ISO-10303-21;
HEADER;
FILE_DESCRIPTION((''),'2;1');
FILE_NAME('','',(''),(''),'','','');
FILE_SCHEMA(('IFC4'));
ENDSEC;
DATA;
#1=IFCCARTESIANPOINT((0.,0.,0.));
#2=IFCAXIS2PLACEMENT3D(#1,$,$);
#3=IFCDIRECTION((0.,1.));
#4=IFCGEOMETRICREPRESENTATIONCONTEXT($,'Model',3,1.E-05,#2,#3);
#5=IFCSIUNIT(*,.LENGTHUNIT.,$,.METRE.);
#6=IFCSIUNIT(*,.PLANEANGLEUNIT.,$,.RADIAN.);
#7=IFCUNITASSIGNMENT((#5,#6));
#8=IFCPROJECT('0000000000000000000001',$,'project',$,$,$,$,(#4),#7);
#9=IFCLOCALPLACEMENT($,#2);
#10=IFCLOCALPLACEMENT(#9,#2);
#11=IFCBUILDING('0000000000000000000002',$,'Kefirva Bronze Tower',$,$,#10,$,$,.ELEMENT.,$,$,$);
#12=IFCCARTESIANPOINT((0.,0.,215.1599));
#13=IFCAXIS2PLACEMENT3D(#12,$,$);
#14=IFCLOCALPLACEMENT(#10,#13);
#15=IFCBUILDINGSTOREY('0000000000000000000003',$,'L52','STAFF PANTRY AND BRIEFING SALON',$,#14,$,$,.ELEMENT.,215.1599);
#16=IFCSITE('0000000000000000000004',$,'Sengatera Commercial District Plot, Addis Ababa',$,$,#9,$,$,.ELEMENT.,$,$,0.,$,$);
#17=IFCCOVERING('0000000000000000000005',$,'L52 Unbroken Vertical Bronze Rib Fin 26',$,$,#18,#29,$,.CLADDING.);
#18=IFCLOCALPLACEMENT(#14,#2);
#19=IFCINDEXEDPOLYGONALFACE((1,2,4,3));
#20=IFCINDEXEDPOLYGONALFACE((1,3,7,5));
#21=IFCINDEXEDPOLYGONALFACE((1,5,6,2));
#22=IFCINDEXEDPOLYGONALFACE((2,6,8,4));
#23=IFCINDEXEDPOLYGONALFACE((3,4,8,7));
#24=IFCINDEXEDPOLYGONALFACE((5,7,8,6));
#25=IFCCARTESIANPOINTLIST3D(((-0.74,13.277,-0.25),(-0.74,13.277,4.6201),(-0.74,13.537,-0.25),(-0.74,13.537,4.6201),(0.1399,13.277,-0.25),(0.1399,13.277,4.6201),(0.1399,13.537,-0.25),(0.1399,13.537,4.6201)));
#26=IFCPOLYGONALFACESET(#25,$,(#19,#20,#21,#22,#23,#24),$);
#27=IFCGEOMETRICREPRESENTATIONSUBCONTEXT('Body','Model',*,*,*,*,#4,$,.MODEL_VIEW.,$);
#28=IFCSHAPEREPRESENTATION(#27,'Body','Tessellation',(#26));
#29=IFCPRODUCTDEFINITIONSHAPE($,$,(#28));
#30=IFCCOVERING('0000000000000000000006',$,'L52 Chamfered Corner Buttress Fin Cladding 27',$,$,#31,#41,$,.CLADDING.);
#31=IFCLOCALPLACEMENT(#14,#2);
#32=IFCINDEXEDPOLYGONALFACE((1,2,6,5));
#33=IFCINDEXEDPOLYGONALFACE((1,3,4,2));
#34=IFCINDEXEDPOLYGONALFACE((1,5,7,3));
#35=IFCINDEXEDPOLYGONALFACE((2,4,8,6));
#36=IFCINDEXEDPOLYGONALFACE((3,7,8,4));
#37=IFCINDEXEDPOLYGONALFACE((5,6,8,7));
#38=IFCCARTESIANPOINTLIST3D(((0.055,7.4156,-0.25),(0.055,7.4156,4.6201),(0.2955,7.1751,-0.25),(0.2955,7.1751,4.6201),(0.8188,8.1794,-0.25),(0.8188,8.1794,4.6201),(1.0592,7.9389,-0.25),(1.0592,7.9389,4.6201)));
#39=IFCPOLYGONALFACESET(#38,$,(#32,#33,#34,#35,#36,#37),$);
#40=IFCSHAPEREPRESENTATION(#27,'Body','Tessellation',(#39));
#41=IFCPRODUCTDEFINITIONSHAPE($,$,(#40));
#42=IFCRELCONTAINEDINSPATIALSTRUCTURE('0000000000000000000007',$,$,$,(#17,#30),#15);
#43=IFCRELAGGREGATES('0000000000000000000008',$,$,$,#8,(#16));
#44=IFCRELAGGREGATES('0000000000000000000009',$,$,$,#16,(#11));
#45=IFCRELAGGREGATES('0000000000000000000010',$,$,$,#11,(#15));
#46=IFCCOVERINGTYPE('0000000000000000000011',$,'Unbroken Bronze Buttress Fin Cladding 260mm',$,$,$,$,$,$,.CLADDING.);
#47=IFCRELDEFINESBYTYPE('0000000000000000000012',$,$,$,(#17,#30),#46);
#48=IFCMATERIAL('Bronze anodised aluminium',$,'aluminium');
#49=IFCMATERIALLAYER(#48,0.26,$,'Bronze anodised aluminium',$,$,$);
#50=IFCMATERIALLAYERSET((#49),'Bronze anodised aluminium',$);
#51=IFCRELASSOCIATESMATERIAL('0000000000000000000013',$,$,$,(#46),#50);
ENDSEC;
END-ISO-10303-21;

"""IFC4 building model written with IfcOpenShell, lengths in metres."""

from ifc_helpers import new_model, si_unit, direction, frame, origin, origin_2d, place, context, subcontext, project, spatial, rectangle, extrude, material, layer, layer_set, type_object, element, save


model = new_model("IFC4")

# Units and contexts
model_context = context("Model", 3, precision=1e-05, world=origin(), true_north=direction((0.0, 1.0)))
body_context = subcontext(model_context, "Body", "Model", "MODEL_VIEW")
ifc_project = project(units=[si_unit("LENGTHUNIT", "METRE"), si_unit("PLANEANGLEUNIT", "RADIAN")], contexts=[model_context])

# Site, building, storey
site_placement = place(None, origin())
site = spatial("IfcSite", under=ifc_project, at=site_placement, Name="Sengatera Commercial District Plot, Addis Ababa", CompositionType="ELEMENT", RefElevation=0.0)
building_placement = place(site_placement, origin())
building = spatial("IfcBuilding", under=site, at=building_placement, Name="Kefirva Bronze Tower", CompositionType="ELEMENT")
storey_placement = place(building_placement, frame((0.0, 0.0, 215.1599)))
storey = spatial("IfcBuildingStorey", under=building, at=storey_placement, Name="L52", Description="STAFF PANTRY AND BRIEFING SALON", CompositionType="ELEMENT", Elevation=215.1599)

# Shared definitions
ifc_material_1 = material(Name="Bronze anodised aluminium", Category="aluminium")

# Coverings
ifc_layer_1 = layer(ifc_material_1, 0.26, Name="Bronze anodised aluminium")
ifc_layer_set_1 = layer_set([ifc_layer_1], Name="Bronze anodised aluminium")
covering_type_1 = type_object("IfcCoveringType", Name="Unbroken Bronze Buttress Fin Cladding 260mm", PredefinedType="CLADDING", material=ifc_layer_set_1)
covering_1_placement = place(storey_placement, frame((-0.3, 13.407, -0.25), z_axis=(0.0, 0.0, 1.0), x_axis=(0.0, -1.0, 0.0)))
element("IfcCovering", 1, at=covering_1_placement, inside=storey, type_object=covering_type_1, Name="L52 Unbroken Vertical Bronze Rib Fin 26", PredefinedType="CLADDING", context=body_context, shape_type="SweptSolid", body=[
    extrude(rectangle(XDim=0.26, YDim=0.8799, at=origin_2d()), origin(), (0.0, 0.0, 1.0), 4.8701),
])
covering_2_placement = place(storey_placement, frame((0.5571, 7.6772, -0.25), z_axis=(0.0, 0.0, 1.0), x_axis=(0.707107, -0.707107, 0.0)))
element("IfcCovering", 2, at=covering_2_placement, inside=storey, type_object=covering_type_1, Name="L52 Chamfered Corner Buttress Fin Cladding 27", PredefinedType="CLADDING", context=body_context, shape_type="SweptSolid", body=[
    extrude(rectangle(XDim=0.3401, YDim=1.0801, at=origin_2d()), origin(), (0.0, 0.0, 1.0), 4.8701),
])

save(model, "model.ifc")
